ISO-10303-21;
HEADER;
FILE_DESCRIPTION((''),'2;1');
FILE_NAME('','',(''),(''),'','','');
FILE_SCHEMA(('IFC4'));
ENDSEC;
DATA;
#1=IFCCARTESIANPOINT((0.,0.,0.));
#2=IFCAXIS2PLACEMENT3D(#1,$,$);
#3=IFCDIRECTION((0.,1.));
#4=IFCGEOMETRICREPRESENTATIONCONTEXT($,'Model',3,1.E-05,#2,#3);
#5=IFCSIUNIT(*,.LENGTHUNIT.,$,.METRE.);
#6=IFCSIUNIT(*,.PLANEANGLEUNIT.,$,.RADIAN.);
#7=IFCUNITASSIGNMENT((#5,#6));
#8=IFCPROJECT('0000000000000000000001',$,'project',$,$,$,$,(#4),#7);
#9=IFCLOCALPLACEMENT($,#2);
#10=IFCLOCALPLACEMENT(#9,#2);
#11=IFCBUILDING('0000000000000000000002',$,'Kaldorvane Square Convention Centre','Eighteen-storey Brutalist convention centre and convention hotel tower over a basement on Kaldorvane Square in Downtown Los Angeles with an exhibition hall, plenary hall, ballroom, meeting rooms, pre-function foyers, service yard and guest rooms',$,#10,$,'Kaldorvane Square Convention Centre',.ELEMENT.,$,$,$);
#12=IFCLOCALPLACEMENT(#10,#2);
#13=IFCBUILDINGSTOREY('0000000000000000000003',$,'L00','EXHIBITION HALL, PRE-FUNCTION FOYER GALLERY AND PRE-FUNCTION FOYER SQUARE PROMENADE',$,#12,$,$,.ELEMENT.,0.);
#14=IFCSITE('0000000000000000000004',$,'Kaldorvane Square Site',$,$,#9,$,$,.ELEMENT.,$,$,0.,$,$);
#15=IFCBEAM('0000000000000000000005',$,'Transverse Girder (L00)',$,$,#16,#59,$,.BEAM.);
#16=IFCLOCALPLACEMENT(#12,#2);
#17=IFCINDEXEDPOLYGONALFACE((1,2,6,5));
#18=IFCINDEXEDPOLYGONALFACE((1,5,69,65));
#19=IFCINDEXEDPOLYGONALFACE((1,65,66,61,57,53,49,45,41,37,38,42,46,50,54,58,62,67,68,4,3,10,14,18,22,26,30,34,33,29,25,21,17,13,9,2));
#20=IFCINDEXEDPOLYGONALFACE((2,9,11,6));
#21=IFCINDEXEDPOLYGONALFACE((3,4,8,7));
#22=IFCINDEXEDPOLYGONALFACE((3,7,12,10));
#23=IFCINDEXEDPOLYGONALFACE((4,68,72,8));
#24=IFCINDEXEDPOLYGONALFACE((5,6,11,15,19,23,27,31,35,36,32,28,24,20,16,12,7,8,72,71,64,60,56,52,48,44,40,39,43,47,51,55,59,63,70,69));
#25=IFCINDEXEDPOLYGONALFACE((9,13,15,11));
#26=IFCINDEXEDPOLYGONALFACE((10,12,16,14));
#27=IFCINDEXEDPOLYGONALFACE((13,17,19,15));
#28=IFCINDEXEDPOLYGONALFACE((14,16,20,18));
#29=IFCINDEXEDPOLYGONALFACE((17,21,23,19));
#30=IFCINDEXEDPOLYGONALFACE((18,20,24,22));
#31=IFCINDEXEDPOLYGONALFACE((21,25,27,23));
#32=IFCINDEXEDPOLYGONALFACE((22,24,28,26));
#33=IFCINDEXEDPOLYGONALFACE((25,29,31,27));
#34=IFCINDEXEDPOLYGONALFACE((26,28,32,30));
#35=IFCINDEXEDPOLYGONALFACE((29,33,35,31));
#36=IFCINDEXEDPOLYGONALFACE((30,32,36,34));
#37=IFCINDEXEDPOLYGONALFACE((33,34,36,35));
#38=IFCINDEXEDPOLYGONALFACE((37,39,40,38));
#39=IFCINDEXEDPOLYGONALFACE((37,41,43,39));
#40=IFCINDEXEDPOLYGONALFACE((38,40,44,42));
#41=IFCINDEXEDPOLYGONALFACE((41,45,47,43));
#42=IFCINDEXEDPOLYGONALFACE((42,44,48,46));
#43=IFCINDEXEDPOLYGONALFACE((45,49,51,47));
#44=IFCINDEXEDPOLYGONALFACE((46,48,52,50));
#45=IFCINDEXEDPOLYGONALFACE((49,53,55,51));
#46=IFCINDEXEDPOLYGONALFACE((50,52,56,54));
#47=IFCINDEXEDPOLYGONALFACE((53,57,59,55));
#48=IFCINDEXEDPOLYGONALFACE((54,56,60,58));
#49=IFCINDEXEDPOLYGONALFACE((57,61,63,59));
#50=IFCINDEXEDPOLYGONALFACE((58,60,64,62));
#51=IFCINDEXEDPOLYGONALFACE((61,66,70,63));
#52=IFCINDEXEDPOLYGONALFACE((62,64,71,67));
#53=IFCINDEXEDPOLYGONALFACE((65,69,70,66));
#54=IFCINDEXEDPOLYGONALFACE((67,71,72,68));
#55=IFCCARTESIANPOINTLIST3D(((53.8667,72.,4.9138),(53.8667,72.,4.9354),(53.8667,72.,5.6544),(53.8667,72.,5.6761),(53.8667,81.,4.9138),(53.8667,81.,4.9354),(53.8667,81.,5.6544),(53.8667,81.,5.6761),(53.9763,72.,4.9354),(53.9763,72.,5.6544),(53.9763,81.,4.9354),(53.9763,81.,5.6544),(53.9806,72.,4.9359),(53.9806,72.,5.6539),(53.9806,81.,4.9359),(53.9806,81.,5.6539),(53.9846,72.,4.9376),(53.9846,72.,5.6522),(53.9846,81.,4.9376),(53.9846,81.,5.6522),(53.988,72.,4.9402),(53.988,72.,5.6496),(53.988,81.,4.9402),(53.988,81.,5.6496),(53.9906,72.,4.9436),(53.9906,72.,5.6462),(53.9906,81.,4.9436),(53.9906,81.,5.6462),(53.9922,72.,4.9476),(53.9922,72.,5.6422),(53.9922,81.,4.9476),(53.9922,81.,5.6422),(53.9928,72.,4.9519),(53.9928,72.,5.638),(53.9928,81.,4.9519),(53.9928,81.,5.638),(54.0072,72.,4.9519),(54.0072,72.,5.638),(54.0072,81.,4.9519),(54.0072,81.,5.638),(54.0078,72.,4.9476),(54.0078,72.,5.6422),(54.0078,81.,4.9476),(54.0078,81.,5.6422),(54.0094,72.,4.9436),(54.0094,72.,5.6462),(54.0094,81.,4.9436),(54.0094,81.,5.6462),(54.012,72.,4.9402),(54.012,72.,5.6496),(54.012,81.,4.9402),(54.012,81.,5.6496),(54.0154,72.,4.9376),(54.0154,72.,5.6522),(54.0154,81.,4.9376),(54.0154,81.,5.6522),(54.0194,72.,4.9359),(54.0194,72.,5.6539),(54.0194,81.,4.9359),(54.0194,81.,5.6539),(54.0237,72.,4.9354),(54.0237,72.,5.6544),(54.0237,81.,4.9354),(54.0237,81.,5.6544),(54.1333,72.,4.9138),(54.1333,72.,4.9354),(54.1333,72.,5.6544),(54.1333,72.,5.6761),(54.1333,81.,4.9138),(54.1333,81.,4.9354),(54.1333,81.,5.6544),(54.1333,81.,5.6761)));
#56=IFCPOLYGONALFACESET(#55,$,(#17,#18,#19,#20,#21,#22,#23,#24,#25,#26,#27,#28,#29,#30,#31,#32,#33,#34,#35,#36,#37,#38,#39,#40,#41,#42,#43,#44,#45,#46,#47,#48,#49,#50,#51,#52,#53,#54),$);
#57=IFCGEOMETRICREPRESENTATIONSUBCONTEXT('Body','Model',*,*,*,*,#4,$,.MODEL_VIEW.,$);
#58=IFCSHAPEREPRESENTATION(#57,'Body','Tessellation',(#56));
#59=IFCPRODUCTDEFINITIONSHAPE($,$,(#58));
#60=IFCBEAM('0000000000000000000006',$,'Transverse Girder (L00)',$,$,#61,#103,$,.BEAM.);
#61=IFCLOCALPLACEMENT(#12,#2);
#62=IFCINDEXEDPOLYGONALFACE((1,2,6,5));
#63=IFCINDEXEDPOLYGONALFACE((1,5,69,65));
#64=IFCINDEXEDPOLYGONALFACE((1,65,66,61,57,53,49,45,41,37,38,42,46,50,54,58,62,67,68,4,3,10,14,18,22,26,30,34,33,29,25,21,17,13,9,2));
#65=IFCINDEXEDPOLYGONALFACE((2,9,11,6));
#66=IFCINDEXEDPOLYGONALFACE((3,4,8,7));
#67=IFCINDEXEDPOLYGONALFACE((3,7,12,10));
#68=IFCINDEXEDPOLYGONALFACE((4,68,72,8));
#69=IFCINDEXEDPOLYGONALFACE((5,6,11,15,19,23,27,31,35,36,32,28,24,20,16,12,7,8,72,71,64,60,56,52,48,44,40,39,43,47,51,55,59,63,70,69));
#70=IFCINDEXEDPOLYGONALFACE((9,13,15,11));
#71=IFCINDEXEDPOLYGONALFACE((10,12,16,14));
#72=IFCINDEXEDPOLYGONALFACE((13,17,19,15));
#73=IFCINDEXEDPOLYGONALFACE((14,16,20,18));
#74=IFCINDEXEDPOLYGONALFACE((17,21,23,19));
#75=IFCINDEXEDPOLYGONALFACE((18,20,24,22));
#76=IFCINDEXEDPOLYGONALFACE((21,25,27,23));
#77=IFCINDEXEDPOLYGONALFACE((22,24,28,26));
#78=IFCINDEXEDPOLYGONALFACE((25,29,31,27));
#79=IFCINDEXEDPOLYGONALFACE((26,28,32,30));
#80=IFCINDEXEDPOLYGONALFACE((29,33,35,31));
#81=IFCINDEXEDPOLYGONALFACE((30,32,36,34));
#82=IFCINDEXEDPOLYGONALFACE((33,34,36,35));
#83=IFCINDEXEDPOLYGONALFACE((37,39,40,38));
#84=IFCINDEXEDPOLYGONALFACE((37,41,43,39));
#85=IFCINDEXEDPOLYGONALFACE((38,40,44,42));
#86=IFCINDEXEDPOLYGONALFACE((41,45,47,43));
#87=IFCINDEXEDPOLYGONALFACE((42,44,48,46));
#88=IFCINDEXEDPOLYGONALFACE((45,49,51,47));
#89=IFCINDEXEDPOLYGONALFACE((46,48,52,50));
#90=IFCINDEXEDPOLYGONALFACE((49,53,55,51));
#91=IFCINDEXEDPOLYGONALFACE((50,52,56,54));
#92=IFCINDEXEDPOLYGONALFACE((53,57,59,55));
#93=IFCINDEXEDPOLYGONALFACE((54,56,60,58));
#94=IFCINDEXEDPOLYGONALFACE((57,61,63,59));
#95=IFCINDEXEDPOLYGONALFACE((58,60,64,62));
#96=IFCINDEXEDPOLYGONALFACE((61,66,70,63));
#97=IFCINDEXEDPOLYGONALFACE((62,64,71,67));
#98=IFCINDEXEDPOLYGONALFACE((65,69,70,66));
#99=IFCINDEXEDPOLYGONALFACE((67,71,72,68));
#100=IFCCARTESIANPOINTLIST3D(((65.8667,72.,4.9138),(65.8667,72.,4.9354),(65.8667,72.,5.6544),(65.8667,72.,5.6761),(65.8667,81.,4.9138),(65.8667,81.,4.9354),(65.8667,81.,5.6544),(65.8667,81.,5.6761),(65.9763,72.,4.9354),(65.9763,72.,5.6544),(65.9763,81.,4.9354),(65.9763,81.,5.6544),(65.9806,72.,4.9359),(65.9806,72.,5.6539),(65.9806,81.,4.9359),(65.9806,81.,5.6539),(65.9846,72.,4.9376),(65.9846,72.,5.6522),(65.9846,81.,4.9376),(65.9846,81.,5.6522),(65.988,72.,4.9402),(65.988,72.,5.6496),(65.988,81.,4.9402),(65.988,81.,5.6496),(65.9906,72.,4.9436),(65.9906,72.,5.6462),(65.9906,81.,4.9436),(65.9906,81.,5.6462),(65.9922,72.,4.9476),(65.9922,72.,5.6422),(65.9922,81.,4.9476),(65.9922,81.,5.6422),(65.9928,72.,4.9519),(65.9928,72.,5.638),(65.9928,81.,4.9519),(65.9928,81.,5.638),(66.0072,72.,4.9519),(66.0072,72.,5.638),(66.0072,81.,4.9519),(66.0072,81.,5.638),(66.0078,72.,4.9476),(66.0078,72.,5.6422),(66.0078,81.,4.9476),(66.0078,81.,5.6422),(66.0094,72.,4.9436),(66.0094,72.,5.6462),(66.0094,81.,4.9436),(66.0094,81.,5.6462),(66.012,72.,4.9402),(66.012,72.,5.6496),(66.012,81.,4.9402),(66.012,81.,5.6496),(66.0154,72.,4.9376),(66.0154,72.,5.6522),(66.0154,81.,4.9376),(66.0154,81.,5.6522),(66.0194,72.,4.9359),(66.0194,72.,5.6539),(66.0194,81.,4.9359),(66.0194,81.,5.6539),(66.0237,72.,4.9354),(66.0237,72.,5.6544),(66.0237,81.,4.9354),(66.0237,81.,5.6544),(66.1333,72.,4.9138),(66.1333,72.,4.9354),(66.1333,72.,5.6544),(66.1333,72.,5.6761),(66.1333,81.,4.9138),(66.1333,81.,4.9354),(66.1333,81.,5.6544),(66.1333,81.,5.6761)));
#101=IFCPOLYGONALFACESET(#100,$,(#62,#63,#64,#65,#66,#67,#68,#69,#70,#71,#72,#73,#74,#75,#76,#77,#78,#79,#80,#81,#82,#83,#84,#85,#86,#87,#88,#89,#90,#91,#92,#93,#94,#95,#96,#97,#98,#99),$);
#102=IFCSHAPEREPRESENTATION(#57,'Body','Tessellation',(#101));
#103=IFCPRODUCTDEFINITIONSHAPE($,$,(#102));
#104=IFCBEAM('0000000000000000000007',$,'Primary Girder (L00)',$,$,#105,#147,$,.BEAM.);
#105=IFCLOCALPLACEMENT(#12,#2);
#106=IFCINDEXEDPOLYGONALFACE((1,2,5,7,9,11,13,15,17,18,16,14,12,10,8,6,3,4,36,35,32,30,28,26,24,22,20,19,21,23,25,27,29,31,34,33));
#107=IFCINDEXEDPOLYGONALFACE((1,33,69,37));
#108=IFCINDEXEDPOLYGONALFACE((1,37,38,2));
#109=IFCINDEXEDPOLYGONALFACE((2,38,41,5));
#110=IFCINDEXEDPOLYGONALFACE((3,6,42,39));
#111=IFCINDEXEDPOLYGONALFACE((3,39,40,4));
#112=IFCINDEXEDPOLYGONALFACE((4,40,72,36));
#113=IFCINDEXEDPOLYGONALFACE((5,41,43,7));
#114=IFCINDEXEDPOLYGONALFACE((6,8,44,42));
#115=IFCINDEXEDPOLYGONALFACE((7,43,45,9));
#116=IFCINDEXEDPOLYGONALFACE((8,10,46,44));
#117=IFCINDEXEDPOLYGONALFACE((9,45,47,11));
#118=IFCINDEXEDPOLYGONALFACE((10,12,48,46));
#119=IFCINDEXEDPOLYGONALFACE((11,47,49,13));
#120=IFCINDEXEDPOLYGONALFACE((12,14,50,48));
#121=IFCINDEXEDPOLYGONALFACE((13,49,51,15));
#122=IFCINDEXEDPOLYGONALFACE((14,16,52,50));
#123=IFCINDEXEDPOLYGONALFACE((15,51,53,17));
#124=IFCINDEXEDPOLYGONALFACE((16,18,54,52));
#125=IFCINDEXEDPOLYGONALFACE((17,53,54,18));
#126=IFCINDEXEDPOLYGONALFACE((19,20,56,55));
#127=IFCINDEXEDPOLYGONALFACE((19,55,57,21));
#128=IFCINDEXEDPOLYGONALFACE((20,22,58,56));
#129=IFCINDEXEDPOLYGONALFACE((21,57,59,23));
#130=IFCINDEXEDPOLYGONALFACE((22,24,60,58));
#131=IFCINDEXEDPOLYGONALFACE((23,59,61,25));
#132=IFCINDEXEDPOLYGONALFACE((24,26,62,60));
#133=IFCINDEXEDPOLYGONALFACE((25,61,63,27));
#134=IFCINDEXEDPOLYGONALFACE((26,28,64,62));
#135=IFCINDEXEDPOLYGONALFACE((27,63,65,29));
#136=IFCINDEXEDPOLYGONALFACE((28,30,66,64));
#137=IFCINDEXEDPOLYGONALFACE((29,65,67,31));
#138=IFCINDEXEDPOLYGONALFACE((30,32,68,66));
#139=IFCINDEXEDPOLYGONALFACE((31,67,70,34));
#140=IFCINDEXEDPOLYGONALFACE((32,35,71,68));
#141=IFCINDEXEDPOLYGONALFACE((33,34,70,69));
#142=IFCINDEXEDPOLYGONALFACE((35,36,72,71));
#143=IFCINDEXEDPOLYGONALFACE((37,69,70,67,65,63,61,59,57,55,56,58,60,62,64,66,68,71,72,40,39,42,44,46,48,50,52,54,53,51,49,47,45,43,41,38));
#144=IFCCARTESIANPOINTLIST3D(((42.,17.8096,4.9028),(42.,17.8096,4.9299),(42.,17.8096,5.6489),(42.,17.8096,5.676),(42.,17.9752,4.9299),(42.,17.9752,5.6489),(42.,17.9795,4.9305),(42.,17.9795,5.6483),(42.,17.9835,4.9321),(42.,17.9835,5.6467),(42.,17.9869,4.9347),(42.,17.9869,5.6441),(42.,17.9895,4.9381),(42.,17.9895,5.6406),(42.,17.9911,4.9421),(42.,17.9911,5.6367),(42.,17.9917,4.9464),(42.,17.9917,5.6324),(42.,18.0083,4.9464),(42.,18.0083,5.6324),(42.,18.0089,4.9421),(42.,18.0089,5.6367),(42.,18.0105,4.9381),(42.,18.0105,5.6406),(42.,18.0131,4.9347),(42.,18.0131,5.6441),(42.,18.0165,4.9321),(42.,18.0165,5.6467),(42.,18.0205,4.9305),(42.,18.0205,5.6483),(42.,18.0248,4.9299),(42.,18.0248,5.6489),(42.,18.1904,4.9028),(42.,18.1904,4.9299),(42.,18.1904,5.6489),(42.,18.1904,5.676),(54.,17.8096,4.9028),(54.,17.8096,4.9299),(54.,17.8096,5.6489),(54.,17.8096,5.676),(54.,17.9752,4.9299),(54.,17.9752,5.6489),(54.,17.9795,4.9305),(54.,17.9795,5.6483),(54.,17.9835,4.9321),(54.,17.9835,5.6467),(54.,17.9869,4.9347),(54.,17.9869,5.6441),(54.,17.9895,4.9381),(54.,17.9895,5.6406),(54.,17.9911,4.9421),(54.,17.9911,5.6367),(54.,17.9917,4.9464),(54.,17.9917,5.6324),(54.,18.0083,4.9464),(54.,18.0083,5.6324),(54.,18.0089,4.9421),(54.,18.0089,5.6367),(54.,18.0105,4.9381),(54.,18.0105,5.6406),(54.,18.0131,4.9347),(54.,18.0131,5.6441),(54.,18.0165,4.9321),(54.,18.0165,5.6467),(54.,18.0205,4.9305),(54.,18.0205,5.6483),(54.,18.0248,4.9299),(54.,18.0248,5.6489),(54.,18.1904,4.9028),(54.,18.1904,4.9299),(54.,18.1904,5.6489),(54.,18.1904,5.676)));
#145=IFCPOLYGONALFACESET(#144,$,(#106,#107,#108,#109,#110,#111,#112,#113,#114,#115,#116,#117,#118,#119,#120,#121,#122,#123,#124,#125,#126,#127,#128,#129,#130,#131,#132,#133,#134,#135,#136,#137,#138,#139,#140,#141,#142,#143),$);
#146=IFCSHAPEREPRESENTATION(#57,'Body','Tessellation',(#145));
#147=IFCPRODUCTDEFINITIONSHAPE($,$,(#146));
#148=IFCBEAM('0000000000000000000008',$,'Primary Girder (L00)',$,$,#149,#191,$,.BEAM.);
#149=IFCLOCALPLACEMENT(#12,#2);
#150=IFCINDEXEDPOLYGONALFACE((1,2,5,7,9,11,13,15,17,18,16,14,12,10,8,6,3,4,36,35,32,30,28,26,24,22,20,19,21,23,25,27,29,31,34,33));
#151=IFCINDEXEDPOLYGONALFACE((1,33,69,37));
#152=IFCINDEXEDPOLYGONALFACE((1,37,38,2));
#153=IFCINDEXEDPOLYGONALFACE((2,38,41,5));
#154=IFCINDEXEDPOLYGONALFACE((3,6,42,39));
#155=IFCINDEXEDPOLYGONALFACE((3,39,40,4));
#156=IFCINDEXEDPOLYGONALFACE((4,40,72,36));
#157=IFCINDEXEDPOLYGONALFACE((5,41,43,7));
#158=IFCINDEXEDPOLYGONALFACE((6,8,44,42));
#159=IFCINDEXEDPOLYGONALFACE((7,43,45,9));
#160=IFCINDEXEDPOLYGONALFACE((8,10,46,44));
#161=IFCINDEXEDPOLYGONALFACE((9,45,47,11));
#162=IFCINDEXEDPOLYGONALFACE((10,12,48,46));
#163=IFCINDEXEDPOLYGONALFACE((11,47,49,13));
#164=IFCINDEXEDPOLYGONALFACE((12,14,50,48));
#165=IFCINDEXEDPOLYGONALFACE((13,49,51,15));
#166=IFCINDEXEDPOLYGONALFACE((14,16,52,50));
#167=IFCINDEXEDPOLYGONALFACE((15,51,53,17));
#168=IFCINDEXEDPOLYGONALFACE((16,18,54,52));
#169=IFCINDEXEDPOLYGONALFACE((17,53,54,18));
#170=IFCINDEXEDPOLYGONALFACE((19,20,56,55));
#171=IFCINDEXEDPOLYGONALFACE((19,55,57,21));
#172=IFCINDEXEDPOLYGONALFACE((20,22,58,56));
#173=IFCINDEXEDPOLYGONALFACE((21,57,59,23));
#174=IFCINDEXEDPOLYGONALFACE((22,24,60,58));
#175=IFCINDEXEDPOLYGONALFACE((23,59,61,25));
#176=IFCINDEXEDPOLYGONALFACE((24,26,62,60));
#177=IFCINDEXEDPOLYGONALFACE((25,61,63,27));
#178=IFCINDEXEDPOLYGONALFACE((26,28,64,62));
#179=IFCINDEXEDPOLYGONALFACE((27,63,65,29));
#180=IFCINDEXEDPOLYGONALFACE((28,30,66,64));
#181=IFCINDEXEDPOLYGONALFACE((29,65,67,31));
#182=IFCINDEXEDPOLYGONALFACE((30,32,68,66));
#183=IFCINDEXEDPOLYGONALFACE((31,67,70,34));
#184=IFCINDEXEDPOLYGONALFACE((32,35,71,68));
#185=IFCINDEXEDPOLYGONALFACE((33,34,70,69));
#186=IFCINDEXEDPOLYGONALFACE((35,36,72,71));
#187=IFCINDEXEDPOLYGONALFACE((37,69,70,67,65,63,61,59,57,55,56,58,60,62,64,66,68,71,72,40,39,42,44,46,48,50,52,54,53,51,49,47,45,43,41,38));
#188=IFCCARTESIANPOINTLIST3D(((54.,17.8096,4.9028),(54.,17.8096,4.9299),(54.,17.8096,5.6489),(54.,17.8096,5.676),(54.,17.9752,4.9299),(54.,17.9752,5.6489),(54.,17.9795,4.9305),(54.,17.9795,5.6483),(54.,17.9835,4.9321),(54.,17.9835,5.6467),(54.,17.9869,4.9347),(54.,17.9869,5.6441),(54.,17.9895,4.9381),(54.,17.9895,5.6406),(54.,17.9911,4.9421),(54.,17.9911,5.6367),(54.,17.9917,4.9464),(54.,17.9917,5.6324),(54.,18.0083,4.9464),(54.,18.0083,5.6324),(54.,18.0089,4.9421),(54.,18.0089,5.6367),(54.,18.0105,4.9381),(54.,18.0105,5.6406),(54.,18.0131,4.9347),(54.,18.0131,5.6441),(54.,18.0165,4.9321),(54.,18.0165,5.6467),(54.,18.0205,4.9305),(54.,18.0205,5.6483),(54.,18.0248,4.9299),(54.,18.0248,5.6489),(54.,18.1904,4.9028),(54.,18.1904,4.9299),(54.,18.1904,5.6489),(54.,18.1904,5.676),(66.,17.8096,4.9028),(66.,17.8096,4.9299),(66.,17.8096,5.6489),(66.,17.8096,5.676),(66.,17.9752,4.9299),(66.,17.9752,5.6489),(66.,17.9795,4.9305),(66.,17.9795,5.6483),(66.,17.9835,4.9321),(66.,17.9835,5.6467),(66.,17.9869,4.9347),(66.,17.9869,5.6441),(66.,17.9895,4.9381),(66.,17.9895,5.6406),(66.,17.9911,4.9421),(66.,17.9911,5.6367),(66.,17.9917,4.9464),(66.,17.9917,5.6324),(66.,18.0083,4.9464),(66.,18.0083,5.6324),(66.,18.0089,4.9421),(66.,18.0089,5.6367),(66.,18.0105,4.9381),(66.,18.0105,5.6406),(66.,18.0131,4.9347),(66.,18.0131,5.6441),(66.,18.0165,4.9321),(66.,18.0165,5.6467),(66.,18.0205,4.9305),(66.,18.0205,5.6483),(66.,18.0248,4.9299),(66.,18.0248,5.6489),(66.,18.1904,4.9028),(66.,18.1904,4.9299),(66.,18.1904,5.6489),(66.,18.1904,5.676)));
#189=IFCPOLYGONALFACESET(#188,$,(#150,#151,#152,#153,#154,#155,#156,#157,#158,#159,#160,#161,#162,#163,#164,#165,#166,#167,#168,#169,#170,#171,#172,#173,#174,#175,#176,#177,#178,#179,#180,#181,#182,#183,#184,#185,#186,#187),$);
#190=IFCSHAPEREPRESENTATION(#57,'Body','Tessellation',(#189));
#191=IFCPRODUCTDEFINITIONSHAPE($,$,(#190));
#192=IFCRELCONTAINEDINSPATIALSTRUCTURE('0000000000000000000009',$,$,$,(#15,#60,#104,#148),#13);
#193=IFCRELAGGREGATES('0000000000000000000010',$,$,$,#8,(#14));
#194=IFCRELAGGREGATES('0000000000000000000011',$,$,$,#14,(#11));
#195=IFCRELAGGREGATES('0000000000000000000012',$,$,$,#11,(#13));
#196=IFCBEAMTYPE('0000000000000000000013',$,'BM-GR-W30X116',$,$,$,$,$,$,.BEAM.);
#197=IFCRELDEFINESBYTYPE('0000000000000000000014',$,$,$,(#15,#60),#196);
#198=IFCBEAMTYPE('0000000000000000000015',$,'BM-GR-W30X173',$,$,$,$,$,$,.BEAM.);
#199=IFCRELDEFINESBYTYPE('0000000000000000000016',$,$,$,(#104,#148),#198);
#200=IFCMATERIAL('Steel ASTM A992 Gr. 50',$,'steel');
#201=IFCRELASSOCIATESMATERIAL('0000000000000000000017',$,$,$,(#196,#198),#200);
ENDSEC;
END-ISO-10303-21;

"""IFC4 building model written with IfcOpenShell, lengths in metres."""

from ifc_helpers import new_model, si_unit, direction, frame, origin, origin_2d, place, context, subcontext, project, spatial, i_section, extrude, material, material_profile, profile_set, type_object, element, save


model = new_model("IFC4")

# Units and contexts
model_context = context("Model", 3, precision=1e-05, world=origin(), true_north=direction((0.0, 1.0)))
body_context = subcontext(model_context, "Body", "Model", "MODEL_VIEW")
ifc_project = project(units=[si_unit("LENGTHUNIT", "METRE"), si_unit("PLANEANGLEUNIT", "RADIAN")], contexts=[model_context])

# Site, building, storey
site_placement = place(None, origin())
site = spatial("IfcSite", under=ifc_project, at=site_placement, Name="Kaldorvane Square Site", CompositionType="ELEMENT", RefElevation=0.0)
building_placement = place(site_placement, origin())
building = spatial("IfcBuilding", under=site, at=building_placement, Name="Kaldorvane Square Convention Centre", Description="Eighteen-storey Brutalist convention centre and convention hotel tower over a basement on Kaldorvane Square in Downtown Los Angeles with an exhibition hall, plenary hall, ballroom, meeting rooms, pre-function foyers, service yard and guest rooms", LongName="Kaldorvane Square Convention Centre", CompositionType="ELEMENT")
storey_placement = place(building_placement, origin())
storey = spatial("IfcBuildingStorey", under=building, at=storey_placement, Name="L00", Description="EXHIBITION HALL, PRE-FUNCTION FOYER GALLERY AND PRE-FUNCTION FOYER SQUARE PROMENADE", CompositionType="ELEMENT", Elevation=0.0)

# Beams
ifc_material_1 = material(Name="Steel ASTM A992 Gr. 50", Category="steel")
ifc_material_profile_1 = material_profile(ifc_material_1, i_section(OverallWidth=0.2666, OverallDepth=0.7623, WebThickness=0.0144, FlangeThickness=0.0216, FilletRadius=0.0165, at=origin_2d()), Name="W30X116")
ifc_profile_set_1 = profile_set([ifc_material_profile_1], Name="Steel ASTM A992 Gr. 50")
beam_type_1 = type_object("IfcBeamType", Name="BM-GR-W30X116", PredefinedType="BEAM", material=ifc_profile_set_1)
for number, where, z_axis, x_axis, name in (
    (1, (54.0, 72.0, 5.2949), (0.0, 1.0, 0.0), (-1.0, 0.0, 0.0), "Transverse Girder (L00)"),
    (2, (66.0, 72.0, 5.2949), (0.0, 1.0, 0.0), (-1.0, 0.0, 0.0), "Transverse Girder (L00)"),
):
    element("IfcBeam", number, at=place(storey_placement, frame(where, z_axis=z_axis, x_axis=x_axis)), inside=storey, type_object=beam_type_1, Name=name, PredefinedType="BEAM", context=body_context, shape_type="SweptSolid", body=[
        extrude(i_section(OverallWidth=0.2666, OverallDepth=0.7623, WebThickness=0.0144, FlangeThickness=0.0216, FilletRadius=0.0165, at=origin_2d()), origin(), (0.0, 0.0, 1.0), 9.0),
    ])
ifc_material_profile_2 = material_profile(ifc_material_1, i_section(OverallWidth=0.3807, OverallDepth=0.7732, WebThickness=0.0166, FlangeThickness=0.0271, FilletRadius=0.0165, at=origin_2d()), Name="W30X173")
ifc_profile_set_2 = profile_set([ifc_material_profile_2], Name="Steel ASTM A992 Gr. 50")
beam_type_2 = type_object("IfcBeamType", Name="BM-GR-W30X173", PredefinedType="BEAM", material=ifc_profile_set_2)
for number, where, z_axis, x_axis, name in (
    (3, (42.0, 18.0, 5.2894), (1.0, 0.0, 0.0), (0.0, 1.0, 0.0), "Primary Girder (L00)"),
    (4, (54.0, 18.0, 5.2894), (1.0, 0.0, 0.0), (0.0, 1.0, 0.0), "Primary Girder (L00)"),
):
    element("IfcBeam", number, at=place(storey_placement, frame(where, z_axis=z_axis, x_axis=x_axis)), inside=storey, type_object=beam_type_2, Name=name, PredefinedType="BEAM", context=body_context, shape_type="SweptSolid", body=[
        extrude(i_section(OverallWidth=0.3807, OverallDepth=0.7732, WebThickness=0.0166, FlangeThickness=0.0271, FilletRadius=0.0165, at=origin_2d()), origin(), (0.0, 0.0, 1.0), 12.0),
    ])

save(model, "model.ifc")
